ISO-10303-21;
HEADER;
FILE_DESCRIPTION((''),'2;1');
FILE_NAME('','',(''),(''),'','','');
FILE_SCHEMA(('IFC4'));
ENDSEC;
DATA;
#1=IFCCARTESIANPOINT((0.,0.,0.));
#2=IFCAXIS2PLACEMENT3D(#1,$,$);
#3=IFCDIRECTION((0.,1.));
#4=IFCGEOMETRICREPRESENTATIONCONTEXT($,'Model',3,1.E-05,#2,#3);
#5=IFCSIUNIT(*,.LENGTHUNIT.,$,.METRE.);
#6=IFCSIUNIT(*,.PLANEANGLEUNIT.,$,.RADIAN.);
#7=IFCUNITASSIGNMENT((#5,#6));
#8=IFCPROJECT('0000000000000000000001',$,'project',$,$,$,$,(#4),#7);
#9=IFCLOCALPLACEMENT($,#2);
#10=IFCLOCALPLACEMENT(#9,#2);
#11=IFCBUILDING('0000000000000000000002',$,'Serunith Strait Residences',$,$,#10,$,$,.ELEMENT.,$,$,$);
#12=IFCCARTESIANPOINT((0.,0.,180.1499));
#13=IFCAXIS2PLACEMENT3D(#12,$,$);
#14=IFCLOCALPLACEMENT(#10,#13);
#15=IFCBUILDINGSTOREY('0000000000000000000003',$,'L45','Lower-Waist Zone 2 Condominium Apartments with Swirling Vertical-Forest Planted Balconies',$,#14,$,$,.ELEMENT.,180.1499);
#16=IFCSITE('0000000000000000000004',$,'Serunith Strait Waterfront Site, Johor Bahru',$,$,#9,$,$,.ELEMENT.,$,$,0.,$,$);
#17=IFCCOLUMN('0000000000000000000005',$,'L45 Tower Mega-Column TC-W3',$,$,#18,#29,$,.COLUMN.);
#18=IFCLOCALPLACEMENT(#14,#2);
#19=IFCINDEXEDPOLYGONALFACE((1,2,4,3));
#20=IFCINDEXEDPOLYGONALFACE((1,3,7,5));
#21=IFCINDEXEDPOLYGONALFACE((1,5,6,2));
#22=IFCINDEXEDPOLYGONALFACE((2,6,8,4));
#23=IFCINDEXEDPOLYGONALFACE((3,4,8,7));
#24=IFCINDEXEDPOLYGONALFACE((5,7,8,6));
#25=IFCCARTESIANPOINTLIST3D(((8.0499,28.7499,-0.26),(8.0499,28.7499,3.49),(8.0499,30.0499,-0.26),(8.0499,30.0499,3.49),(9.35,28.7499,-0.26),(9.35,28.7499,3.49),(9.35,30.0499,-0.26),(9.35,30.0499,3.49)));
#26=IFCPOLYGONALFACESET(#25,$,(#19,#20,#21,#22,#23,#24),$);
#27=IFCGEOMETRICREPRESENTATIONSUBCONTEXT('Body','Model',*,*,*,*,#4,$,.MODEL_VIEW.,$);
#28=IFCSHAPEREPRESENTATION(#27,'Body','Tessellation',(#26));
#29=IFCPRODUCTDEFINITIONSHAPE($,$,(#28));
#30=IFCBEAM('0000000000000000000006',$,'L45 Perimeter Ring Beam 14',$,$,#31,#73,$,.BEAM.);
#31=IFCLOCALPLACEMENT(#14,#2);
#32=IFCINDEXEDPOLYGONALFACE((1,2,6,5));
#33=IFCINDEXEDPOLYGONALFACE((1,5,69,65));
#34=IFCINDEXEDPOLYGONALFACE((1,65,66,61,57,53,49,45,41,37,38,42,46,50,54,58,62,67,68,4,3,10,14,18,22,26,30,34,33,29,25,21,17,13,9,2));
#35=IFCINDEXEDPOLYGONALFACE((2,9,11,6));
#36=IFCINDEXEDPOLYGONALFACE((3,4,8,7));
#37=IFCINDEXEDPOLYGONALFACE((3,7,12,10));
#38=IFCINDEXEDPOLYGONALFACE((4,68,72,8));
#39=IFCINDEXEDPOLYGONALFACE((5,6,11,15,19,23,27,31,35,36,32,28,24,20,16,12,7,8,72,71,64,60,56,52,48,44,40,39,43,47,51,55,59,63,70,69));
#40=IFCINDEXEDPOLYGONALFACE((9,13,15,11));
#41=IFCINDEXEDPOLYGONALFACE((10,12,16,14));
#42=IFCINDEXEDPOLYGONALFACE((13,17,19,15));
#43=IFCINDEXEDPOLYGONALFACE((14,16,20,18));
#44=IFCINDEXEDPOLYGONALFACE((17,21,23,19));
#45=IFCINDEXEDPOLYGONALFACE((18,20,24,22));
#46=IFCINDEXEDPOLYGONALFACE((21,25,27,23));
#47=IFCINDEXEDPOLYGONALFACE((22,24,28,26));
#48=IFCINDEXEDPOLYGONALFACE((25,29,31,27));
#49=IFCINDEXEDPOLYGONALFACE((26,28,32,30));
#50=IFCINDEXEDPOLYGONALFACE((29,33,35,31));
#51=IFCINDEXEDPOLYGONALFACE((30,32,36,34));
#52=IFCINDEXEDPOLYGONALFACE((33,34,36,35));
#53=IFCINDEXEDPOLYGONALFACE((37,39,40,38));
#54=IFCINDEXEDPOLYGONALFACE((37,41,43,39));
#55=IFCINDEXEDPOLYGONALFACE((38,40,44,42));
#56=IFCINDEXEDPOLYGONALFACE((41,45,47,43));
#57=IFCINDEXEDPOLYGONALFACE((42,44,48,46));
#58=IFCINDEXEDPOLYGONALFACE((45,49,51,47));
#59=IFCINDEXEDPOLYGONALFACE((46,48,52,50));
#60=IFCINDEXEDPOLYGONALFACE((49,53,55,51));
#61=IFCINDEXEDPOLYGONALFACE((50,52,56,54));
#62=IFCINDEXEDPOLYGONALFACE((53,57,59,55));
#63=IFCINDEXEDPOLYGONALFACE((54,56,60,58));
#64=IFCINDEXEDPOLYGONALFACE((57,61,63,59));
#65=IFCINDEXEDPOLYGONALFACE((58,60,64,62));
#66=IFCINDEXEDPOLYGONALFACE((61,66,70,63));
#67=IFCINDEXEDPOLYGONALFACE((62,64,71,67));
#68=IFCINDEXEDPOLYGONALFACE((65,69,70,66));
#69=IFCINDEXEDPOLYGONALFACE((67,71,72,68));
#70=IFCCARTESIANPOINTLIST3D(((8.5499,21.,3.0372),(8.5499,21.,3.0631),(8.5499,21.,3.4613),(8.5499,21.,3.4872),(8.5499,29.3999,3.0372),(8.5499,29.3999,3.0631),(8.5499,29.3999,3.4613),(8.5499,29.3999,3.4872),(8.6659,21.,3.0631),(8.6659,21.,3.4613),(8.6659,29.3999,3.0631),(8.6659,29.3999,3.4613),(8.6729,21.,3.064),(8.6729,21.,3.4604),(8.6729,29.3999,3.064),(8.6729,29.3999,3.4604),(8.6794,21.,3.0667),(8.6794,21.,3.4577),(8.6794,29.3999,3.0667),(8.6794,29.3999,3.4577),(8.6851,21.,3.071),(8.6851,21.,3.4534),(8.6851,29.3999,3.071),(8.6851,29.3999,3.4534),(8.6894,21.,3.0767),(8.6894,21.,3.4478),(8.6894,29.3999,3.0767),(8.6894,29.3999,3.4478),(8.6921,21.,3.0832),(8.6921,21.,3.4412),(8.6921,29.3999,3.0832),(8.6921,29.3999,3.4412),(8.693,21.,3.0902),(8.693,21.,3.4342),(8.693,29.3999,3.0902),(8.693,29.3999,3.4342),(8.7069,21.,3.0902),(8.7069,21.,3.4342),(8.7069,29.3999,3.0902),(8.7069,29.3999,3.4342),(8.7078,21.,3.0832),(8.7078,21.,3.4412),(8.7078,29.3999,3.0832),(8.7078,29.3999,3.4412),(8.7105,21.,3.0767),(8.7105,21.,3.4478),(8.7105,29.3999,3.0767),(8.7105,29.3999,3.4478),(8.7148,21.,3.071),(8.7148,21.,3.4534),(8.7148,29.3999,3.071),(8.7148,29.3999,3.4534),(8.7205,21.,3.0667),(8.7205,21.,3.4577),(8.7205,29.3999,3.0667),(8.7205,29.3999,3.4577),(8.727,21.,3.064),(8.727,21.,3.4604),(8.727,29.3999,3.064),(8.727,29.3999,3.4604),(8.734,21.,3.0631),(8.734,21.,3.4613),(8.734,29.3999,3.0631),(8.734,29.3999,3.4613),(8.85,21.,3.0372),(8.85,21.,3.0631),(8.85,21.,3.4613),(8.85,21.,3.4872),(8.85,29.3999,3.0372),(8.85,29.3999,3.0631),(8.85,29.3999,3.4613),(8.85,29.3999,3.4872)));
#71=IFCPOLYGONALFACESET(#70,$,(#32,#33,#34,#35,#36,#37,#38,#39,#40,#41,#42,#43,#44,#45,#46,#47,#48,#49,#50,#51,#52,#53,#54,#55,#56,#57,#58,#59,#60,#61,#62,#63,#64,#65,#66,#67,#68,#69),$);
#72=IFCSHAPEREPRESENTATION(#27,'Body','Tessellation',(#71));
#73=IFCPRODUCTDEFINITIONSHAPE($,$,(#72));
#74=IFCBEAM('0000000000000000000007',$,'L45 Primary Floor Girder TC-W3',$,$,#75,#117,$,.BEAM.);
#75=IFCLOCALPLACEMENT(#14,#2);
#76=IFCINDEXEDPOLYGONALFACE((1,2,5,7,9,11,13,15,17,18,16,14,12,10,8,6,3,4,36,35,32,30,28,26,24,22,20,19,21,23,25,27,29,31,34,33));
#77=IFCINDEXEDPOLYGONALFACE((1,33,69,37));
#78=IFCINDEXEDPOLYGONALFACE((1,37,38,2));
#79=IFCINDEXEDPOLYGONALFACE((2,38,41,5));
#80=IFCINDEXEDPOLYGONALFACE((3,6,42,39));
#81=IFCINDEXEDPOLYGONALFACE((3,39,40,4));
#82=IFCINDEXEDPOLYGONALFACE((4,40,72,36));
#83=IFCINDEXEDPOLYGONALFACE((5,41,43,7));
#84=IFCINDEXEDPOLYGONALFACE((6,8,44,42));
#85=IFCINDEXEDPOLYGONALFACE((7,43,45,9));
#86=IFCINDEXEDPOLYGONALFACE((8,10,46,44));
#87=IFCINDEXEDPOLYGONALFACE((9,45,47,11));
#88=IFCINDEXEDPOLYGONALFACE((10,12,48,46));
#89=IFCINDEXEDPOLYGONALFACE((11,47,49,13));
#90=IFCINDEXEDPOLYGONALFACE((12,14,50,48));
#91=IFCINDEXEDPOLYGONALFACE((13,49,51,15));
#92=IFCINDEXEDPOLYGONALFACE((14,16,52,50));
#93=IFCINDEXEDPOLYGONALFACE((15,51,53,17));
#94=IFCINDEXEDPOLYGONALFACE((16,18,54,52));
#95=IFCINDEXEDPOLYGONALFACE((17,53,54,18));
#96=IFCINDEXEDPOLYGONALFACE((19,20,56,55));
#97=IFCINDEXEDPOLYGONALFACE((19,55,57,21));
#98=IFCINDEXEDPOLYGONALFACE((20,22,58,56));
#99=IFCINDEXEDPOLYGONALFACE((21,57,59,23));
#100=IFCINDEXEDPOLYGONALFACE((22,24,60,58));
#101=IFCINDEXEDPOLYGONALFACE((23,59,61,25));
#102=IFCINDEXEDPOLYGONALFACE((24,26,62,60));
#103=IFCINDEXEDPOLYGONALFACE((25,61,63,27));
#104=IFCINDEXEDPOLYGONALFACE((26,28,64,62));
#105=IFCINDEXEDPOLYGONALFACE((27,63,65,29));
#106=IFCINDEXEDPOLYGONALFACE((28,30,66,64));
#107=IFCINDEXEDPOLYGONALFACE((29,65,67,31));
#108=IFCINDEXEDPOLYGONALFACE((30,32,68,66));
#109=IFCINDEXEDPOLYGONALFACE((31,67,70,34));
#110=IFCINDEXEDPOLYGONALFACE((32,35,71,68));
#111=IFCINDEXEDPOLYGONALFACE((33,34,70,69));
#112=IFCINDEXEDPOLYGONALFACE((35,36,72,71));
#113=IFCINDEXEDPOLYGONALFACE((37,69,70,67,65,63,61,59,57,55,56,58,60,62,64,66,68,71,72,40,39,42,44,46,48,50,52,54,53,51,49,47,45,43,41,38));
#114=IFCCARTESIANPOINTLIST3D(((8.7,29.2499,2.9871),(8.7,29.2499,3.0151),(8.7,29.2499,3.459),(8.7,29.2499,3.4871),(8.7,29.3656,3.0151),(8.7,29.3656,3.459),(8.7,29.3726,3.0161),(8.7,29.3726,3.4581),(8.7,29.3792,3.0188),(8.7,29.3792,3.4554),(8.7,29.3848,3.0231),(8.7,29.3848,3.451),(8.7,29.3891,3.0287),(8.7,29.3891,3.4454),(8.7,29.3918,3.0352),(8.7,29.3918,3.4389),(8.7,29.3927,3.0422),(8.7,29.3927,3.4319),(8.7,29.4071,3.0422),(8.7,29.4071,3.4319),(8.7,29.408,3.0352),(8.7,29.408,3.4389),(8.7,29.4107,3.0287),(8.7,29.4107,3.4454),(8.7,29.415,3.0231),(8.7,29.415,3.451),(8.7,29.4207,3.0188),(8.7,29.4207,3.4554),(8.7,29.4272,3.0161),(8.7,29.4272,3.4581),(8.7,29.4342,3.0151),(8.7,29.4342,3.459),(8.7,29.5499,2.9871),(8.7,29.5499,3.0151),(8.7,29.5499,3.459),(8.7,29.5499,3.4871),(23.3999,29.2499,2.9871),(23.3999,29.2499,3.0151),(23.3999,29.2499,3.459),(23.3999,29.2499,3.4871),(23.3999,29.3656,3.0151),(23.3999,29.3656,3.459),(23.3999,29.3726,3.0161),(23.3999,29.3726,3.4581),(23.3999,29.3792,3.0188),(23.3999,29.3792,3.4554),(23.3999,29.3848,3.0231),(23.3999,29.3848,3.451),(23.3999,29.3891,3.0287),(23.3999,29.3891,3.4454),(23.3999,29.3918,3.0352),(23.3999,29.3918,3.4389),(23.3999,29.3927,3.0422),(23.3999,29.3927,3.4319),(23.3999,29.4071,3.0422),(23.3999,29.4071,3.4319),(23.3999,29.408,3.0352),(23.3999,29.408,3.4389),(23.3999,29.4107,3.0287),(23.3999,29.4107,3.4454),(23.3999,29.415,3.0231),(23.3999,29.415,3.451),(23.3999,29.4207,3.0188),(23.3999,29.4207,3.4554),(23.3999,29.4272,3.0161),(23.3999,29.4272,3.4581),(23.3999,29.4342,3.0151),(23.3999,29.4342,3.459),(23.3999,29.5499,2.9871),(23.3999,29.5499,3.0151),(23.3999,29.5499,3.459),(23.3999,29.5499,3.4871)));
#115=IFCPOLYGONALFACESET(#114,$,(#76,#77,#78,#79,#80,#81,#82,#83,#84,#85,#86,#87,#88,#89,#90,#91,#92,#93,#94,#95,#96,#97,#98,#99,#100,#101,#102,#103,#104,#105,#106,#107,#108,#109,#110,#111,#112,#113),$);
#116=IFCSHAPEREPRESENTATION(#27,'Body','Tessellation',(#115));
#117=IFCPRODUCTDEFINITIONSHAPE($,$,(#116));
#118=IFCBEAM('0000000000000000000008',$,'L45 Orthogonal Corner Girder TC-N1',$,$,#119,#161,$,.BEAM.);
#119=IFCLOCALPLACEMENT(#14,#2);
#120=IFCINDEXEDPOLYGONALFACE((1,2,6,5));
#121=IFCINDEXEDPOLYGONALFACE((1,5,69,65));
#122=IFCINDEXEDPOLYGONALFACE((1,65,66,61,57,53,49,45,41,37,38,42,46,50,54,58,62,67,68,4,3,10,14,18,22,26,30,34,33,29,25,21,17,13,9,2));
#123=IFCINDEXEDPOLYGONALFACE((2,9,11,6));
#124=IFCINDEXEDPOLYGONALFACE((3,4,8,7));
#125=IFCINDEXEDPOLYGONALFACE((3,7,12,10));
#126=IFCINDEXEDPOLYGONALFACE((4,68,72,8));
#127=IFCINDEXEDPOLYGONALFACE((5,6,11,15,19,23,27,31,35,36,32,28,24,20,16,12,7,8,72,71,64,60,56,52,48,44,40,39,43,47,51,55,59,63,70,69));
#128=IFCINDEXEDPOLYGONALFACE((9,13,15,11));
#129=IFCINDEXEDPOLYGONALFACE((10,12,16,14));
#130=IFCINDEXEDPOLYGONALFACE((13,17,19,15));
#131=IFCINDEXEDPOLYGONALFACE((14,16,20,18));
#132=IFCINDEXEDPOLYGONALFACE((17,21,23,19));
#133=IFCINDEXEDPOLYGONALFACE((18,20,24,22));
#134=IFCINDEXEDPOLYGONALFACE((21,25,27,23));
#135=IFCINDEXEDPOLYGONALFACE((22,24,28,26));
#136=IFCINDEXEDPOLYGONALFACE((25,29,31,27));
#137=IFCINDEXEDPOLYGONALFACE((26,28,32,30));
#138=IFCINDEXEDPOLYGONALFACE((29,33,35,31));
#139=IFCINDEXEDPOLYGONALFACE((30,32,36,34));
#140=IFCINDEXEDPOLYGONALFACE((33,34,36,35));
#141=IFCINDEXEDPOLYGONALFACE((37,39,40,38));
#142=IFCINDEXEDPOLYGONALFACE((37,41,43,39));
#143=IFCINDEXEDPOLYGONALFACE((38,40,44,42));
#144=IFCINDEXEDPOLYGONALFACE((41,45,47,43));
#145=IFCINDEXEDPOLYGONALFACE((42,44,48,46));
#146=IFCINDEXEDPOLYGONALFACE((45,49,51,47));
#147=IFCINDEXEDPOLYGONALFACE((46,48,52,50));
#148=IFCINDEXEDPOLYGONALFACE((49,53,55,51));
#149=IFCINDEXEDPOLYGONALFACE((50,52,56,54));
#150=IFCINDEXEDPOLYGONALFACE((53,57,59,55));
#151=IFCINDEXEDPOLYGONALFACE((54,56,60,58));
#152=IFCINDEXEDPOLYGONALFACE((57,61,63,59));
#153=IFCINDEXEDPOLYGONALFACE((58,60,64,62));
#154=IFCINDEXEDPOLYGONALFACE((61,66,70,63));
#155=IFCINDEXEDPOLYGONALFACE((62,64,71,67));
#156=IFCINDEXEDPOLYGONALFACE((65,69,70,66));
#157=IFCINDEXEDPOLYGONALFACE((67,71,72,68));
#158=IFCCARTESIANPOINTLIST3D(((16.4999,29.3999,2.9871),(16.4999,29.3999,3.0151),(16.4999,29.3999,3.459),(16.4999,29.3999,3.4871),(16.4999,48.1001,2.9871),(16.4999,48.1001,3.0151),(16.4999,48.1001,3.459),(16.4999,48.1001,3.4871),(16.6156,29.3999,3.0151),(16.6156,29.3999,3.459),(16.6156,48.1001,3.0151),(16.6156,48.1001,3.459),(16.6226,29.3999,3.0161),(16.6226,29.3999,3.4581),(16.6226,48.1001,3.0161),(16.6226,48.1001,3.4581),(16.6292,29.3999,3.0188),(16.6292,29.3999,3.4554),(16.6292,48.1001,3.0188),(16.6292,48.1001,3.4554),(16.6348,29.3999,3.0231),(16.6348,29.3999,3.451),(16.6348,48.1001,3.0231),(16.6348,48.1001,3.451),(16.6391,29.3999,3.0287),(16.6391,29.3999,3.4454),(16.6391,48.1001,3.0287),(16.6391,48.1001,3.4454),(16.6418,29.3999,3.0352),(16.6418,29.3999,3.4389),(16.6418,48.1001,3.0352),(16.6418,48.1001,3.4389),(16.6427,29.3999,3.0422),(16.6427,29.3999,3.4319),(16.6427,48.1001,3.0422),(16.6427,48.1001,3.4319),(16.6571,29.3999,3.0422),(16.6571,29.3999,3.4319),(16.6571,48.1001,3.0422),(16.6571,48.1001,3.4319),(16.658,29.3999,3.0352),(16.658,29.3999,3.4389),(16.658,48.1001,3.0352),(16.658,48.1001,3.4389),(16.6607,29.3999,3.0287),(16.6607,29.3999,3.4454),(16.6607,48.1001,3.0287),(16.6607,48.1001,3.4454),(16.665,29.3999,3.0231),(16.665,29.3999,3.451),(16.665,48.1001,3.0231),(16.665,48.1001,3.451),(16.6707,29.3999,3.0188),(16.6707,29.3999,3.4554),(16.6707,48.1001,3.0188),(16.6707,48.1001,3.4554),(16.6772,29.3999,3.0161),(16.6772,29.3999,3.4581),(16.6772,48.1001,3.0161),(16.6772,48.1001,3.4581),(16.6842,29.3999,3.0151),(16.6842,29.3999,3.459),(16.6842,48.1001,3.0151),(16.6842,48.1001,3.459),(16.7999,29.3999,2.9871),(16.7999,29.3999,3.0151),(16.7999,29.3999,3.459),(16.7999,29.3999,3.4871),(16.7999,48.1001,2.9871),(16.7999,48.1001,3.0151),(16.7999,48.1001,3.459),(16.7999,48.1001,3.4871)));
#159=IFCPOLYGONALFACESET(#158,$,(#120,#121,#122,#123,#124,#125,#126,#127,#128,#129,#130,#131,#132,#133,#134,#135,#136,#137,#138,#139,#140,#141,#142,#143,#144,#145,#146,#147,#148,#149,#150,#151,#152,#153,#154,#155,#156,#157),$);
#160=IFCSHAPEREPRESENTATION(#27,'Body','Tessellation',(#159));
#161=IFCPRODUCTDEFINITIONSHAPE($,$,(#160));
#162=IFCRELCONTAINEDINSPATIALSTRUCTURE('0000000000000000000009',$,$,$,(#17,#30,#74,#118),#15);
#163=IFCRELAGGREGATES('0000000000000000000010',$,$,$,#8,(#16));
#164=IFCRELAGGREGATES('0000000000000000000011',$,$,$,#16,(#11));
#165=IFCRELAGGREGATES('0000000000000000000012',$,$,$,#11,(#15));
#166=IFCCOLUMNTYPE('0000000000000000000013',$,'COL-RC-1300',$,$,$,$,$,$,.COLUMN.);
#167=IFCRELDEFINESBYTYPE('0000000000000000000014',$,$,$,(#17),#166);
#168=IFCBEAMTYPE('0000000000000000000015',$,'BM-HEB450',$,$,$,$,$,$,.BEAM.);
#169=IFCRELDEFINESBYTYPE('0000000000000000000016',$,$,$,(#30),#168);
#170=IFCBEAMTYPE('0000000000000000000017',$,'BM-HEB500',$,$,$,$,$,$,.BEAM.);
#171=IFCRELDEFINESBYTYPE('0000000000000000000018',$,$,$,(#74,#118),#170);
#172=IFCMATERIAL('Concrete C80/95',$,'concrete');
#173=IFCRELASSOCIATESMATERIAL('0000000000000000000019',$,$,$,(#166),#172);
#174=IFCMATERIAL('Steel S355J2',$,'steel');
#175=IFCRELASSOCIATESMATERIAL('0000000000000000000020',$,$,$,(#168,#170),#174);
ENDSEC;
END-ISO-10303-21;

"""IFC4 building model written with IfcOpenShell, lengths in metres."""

from ifc_helpers import new_model, si_unit, direction, frame, origin, origin_2d, place, context, subcontext, project, spatial, rectangle, i_section, extrude, source, transform, mapped, material, material_profile, profile_set, type_object, element, save


model = new_model("IFC4")

# Units and contexts
model_context = context("Model", 3, precision=1e-05, world=origin(), true_north=direction((0.0, 1.0)))
body_context = subcontext(model_context, "Body", "Model", "MODEL_VIEW")
ifc_project = project(units=[si_unit("LENGTHUNIT", "METRE"), si_unit("PLANEANGLEUNIT", "RADIAN")], contexts=[model_context])

# Site, building, storey
site_placement = place(None, origin())
site = spatial("IfcSite", under=ifc_project, at=site_placement, Name="Serunith Strait Waterfront Site, Johor Bahru", CompositionType="ELEMENT", RefElevation=0.0)
building_placement = place(site_placement, origin())
building = spatial("IfcBuilding", under=site, at=building_placement, Name="Serunith Strait Residences", CompositionType="ELEMENT")
storey_placement = place(building_placement, frame((0.0, 0.0, 180.1499)))
storey = spatial("IfcBuildingStorey", under=building, at=storey_placement, Name="L45", Description="Lower-Waist Zone 2 Condominium Apartments with Swirling Vertical-Forest Planted Balconies", CompositionType="ELEMENT", Elevation=180.1499)

# Column
ifc_material_1 = material(Name="Concrete C80/95", Category="concrete")
ifc_material_profile_1 = material_profile(ifc_material_1, rectangle(XDim=1.3, YDim=1.3, at=origin_2d()), Name="RC 1300x1300")
ifc_profile_set_1 = profile_set([ifc_material_profile_1], Name="Concrete C80/95")
column_type = type_object("IfcColumnType", Name="COL-RC-1300", PredefinedType="COLUMN", material=ifc_profile_set_1)
shared_shape_1 = source(origin(), body_context, "Body", "SweptSolid", [
    extrude(rectangle(XDim=1.3, YDim=1.3, at=origin_2d()), origin(), (0.0, 0.0, 1.0), 3.75),
])
column_placement = place(storey_placement, frame((8.7, 29.3999, -0.26), z_axis=(0.0, 0.0, 1.0), x_axis=(1.0, 0.0, 0.0)))
element("IfcColumn", 1, at=column_placement, inside=storey, type_object=column_type, Name="L45 Tower Mega-Column TC-W3", PredefinedType="COLUMN", context=body_context, shape_type="MappedRepresentation", body=[
    mapped(shared_shape_1, transform((0.0, 0.0, 0.0), scale=1.0)),
])

# Beams
ifc_material_2 = material(Name="Steel S355J2", Category="steel")
ifc_material_profile_2 = material_profile(ifc_material_2, i_section(OverallWidth=0.3, OverallDepth=0.45, WebThickness=0.0139, FlangeThickness=0.0259, FilletRadius=0.0271, at=origin_2d()), Name="HEB 450")
ifc_profile_set_2 = profile_set([ifc_material_profile_2], Name="Steel S355J2")
beam_type_1 = type_object("IfcBeamType", Name="BM-HEB450", PredefinedType="BEAM", material=ifc_profile_set_2)
shared_shape_2 = source(origin(), body_context, "Body", "SweptSolid", [
    extrude(i_section(OverallWidth=0.3, OverallDepth=0.45, WebThickness=0.0139, FlangeThickness=0.0259, FilletRadius=0.0271, at=origin_2d()), origin(), (0.0, 0.0, 1.0), 8.3999),
])
beam_1_placement = place(storey_placement, frame((8.7, 29.3999, 3.2622), z_axis=(0.0, -1.0, 0.0), x_axis=(1.0, 0.0, 0.0)))
element("IfcBeam", 2, at=beam_1_placement, inside=storey, type_object=beam_type_1, Name="L45 Perimeter Ring Beam 14", PredefinedType="BEAM", context=body_context, shape_type="MappedRepresentation", body=[
    mapped(shared_shape_2, transform((0.0, 0.0, 0.0), scale=1.0)),
])
ifc_material_profile_3 = material_profile(ifc_material_2, i_section(OverallWidth=0.3, OverallDepth=0.5, WebThickness=0.0144, FlangeThickness=0.0281, FilletRadius=0.0271, at=origin_2d()), Name="HEB 500")
ifc_profile_set_3 = profile_set([ifc_material_profile_3], Name="Steel S355J2")
beam_type_2 = type_object("IfcBeamType", Name="BM-HEB500", PredefinedType="BEAM", material=ifc_profile_set_3)
shared_shape_3 = source(origin(), body_context, "Body", "SweptSolid", [
    extrude(i_section(OverallWidth=0.3, OverallDepth=0.5, WebThickness=0.0144, FlangeThickness=0.0281, FilletRadius=0.0271, at=origin_2d()), origin(), (0.0, 0.0, 1.0), 14.7),
])
beam_2_placement = place(storey_placement, frame((23.3999, 29.3999, 3.2371), z_axis=(-1.0, 0.0, 0.0), x_axis=(0.0, -1.0, 0.0)))
element("IfcBeam", 3, at=beam_2_placement, inside=storey, type_object=beam_type_2, Name="L45 Primary Floor Girder TC-W3", PredefinedType="BEAM", context=body_context, shape_type="MappedRepresentation", body=[
    mapped(shared_shape_3, transform((0.0, 0.0, 0.0), scale=1.0)),
])
shared_shape_4 = source(origin(), body_context, "Body", "SweptSolid", [
    extrude(i_section(OverallWidth=0.3, OverallDepth=0.5, WebThickness=0.0144, FlangeThickness=0.0281, FilletRadius=0.0271, at=origin_2d()), origin(), (0.0, 0.0, 1.0), 18.7002),
])
beam_3_placement = place(storey_placement, frame((16.6499, 29.3999, 3.2371), z_axis=(0.0, 1.0, 0.0), x_axis=(-1.0, 0.0, 0.0)))
element("IfcBeam", 4, at=beam_3_placement, inside=storey, type_object=beam_type_2, Name="L45 Orthogonal Corner Girder TC-N1", PredefinedType="BEAM", context=body_context, shape_type="MappedRepresentation", body=[
    mapped(shared_shape_4, transform((0.0, 0.0, 0.0), scale=1.0)),
])

save(model, "model.ifc")
